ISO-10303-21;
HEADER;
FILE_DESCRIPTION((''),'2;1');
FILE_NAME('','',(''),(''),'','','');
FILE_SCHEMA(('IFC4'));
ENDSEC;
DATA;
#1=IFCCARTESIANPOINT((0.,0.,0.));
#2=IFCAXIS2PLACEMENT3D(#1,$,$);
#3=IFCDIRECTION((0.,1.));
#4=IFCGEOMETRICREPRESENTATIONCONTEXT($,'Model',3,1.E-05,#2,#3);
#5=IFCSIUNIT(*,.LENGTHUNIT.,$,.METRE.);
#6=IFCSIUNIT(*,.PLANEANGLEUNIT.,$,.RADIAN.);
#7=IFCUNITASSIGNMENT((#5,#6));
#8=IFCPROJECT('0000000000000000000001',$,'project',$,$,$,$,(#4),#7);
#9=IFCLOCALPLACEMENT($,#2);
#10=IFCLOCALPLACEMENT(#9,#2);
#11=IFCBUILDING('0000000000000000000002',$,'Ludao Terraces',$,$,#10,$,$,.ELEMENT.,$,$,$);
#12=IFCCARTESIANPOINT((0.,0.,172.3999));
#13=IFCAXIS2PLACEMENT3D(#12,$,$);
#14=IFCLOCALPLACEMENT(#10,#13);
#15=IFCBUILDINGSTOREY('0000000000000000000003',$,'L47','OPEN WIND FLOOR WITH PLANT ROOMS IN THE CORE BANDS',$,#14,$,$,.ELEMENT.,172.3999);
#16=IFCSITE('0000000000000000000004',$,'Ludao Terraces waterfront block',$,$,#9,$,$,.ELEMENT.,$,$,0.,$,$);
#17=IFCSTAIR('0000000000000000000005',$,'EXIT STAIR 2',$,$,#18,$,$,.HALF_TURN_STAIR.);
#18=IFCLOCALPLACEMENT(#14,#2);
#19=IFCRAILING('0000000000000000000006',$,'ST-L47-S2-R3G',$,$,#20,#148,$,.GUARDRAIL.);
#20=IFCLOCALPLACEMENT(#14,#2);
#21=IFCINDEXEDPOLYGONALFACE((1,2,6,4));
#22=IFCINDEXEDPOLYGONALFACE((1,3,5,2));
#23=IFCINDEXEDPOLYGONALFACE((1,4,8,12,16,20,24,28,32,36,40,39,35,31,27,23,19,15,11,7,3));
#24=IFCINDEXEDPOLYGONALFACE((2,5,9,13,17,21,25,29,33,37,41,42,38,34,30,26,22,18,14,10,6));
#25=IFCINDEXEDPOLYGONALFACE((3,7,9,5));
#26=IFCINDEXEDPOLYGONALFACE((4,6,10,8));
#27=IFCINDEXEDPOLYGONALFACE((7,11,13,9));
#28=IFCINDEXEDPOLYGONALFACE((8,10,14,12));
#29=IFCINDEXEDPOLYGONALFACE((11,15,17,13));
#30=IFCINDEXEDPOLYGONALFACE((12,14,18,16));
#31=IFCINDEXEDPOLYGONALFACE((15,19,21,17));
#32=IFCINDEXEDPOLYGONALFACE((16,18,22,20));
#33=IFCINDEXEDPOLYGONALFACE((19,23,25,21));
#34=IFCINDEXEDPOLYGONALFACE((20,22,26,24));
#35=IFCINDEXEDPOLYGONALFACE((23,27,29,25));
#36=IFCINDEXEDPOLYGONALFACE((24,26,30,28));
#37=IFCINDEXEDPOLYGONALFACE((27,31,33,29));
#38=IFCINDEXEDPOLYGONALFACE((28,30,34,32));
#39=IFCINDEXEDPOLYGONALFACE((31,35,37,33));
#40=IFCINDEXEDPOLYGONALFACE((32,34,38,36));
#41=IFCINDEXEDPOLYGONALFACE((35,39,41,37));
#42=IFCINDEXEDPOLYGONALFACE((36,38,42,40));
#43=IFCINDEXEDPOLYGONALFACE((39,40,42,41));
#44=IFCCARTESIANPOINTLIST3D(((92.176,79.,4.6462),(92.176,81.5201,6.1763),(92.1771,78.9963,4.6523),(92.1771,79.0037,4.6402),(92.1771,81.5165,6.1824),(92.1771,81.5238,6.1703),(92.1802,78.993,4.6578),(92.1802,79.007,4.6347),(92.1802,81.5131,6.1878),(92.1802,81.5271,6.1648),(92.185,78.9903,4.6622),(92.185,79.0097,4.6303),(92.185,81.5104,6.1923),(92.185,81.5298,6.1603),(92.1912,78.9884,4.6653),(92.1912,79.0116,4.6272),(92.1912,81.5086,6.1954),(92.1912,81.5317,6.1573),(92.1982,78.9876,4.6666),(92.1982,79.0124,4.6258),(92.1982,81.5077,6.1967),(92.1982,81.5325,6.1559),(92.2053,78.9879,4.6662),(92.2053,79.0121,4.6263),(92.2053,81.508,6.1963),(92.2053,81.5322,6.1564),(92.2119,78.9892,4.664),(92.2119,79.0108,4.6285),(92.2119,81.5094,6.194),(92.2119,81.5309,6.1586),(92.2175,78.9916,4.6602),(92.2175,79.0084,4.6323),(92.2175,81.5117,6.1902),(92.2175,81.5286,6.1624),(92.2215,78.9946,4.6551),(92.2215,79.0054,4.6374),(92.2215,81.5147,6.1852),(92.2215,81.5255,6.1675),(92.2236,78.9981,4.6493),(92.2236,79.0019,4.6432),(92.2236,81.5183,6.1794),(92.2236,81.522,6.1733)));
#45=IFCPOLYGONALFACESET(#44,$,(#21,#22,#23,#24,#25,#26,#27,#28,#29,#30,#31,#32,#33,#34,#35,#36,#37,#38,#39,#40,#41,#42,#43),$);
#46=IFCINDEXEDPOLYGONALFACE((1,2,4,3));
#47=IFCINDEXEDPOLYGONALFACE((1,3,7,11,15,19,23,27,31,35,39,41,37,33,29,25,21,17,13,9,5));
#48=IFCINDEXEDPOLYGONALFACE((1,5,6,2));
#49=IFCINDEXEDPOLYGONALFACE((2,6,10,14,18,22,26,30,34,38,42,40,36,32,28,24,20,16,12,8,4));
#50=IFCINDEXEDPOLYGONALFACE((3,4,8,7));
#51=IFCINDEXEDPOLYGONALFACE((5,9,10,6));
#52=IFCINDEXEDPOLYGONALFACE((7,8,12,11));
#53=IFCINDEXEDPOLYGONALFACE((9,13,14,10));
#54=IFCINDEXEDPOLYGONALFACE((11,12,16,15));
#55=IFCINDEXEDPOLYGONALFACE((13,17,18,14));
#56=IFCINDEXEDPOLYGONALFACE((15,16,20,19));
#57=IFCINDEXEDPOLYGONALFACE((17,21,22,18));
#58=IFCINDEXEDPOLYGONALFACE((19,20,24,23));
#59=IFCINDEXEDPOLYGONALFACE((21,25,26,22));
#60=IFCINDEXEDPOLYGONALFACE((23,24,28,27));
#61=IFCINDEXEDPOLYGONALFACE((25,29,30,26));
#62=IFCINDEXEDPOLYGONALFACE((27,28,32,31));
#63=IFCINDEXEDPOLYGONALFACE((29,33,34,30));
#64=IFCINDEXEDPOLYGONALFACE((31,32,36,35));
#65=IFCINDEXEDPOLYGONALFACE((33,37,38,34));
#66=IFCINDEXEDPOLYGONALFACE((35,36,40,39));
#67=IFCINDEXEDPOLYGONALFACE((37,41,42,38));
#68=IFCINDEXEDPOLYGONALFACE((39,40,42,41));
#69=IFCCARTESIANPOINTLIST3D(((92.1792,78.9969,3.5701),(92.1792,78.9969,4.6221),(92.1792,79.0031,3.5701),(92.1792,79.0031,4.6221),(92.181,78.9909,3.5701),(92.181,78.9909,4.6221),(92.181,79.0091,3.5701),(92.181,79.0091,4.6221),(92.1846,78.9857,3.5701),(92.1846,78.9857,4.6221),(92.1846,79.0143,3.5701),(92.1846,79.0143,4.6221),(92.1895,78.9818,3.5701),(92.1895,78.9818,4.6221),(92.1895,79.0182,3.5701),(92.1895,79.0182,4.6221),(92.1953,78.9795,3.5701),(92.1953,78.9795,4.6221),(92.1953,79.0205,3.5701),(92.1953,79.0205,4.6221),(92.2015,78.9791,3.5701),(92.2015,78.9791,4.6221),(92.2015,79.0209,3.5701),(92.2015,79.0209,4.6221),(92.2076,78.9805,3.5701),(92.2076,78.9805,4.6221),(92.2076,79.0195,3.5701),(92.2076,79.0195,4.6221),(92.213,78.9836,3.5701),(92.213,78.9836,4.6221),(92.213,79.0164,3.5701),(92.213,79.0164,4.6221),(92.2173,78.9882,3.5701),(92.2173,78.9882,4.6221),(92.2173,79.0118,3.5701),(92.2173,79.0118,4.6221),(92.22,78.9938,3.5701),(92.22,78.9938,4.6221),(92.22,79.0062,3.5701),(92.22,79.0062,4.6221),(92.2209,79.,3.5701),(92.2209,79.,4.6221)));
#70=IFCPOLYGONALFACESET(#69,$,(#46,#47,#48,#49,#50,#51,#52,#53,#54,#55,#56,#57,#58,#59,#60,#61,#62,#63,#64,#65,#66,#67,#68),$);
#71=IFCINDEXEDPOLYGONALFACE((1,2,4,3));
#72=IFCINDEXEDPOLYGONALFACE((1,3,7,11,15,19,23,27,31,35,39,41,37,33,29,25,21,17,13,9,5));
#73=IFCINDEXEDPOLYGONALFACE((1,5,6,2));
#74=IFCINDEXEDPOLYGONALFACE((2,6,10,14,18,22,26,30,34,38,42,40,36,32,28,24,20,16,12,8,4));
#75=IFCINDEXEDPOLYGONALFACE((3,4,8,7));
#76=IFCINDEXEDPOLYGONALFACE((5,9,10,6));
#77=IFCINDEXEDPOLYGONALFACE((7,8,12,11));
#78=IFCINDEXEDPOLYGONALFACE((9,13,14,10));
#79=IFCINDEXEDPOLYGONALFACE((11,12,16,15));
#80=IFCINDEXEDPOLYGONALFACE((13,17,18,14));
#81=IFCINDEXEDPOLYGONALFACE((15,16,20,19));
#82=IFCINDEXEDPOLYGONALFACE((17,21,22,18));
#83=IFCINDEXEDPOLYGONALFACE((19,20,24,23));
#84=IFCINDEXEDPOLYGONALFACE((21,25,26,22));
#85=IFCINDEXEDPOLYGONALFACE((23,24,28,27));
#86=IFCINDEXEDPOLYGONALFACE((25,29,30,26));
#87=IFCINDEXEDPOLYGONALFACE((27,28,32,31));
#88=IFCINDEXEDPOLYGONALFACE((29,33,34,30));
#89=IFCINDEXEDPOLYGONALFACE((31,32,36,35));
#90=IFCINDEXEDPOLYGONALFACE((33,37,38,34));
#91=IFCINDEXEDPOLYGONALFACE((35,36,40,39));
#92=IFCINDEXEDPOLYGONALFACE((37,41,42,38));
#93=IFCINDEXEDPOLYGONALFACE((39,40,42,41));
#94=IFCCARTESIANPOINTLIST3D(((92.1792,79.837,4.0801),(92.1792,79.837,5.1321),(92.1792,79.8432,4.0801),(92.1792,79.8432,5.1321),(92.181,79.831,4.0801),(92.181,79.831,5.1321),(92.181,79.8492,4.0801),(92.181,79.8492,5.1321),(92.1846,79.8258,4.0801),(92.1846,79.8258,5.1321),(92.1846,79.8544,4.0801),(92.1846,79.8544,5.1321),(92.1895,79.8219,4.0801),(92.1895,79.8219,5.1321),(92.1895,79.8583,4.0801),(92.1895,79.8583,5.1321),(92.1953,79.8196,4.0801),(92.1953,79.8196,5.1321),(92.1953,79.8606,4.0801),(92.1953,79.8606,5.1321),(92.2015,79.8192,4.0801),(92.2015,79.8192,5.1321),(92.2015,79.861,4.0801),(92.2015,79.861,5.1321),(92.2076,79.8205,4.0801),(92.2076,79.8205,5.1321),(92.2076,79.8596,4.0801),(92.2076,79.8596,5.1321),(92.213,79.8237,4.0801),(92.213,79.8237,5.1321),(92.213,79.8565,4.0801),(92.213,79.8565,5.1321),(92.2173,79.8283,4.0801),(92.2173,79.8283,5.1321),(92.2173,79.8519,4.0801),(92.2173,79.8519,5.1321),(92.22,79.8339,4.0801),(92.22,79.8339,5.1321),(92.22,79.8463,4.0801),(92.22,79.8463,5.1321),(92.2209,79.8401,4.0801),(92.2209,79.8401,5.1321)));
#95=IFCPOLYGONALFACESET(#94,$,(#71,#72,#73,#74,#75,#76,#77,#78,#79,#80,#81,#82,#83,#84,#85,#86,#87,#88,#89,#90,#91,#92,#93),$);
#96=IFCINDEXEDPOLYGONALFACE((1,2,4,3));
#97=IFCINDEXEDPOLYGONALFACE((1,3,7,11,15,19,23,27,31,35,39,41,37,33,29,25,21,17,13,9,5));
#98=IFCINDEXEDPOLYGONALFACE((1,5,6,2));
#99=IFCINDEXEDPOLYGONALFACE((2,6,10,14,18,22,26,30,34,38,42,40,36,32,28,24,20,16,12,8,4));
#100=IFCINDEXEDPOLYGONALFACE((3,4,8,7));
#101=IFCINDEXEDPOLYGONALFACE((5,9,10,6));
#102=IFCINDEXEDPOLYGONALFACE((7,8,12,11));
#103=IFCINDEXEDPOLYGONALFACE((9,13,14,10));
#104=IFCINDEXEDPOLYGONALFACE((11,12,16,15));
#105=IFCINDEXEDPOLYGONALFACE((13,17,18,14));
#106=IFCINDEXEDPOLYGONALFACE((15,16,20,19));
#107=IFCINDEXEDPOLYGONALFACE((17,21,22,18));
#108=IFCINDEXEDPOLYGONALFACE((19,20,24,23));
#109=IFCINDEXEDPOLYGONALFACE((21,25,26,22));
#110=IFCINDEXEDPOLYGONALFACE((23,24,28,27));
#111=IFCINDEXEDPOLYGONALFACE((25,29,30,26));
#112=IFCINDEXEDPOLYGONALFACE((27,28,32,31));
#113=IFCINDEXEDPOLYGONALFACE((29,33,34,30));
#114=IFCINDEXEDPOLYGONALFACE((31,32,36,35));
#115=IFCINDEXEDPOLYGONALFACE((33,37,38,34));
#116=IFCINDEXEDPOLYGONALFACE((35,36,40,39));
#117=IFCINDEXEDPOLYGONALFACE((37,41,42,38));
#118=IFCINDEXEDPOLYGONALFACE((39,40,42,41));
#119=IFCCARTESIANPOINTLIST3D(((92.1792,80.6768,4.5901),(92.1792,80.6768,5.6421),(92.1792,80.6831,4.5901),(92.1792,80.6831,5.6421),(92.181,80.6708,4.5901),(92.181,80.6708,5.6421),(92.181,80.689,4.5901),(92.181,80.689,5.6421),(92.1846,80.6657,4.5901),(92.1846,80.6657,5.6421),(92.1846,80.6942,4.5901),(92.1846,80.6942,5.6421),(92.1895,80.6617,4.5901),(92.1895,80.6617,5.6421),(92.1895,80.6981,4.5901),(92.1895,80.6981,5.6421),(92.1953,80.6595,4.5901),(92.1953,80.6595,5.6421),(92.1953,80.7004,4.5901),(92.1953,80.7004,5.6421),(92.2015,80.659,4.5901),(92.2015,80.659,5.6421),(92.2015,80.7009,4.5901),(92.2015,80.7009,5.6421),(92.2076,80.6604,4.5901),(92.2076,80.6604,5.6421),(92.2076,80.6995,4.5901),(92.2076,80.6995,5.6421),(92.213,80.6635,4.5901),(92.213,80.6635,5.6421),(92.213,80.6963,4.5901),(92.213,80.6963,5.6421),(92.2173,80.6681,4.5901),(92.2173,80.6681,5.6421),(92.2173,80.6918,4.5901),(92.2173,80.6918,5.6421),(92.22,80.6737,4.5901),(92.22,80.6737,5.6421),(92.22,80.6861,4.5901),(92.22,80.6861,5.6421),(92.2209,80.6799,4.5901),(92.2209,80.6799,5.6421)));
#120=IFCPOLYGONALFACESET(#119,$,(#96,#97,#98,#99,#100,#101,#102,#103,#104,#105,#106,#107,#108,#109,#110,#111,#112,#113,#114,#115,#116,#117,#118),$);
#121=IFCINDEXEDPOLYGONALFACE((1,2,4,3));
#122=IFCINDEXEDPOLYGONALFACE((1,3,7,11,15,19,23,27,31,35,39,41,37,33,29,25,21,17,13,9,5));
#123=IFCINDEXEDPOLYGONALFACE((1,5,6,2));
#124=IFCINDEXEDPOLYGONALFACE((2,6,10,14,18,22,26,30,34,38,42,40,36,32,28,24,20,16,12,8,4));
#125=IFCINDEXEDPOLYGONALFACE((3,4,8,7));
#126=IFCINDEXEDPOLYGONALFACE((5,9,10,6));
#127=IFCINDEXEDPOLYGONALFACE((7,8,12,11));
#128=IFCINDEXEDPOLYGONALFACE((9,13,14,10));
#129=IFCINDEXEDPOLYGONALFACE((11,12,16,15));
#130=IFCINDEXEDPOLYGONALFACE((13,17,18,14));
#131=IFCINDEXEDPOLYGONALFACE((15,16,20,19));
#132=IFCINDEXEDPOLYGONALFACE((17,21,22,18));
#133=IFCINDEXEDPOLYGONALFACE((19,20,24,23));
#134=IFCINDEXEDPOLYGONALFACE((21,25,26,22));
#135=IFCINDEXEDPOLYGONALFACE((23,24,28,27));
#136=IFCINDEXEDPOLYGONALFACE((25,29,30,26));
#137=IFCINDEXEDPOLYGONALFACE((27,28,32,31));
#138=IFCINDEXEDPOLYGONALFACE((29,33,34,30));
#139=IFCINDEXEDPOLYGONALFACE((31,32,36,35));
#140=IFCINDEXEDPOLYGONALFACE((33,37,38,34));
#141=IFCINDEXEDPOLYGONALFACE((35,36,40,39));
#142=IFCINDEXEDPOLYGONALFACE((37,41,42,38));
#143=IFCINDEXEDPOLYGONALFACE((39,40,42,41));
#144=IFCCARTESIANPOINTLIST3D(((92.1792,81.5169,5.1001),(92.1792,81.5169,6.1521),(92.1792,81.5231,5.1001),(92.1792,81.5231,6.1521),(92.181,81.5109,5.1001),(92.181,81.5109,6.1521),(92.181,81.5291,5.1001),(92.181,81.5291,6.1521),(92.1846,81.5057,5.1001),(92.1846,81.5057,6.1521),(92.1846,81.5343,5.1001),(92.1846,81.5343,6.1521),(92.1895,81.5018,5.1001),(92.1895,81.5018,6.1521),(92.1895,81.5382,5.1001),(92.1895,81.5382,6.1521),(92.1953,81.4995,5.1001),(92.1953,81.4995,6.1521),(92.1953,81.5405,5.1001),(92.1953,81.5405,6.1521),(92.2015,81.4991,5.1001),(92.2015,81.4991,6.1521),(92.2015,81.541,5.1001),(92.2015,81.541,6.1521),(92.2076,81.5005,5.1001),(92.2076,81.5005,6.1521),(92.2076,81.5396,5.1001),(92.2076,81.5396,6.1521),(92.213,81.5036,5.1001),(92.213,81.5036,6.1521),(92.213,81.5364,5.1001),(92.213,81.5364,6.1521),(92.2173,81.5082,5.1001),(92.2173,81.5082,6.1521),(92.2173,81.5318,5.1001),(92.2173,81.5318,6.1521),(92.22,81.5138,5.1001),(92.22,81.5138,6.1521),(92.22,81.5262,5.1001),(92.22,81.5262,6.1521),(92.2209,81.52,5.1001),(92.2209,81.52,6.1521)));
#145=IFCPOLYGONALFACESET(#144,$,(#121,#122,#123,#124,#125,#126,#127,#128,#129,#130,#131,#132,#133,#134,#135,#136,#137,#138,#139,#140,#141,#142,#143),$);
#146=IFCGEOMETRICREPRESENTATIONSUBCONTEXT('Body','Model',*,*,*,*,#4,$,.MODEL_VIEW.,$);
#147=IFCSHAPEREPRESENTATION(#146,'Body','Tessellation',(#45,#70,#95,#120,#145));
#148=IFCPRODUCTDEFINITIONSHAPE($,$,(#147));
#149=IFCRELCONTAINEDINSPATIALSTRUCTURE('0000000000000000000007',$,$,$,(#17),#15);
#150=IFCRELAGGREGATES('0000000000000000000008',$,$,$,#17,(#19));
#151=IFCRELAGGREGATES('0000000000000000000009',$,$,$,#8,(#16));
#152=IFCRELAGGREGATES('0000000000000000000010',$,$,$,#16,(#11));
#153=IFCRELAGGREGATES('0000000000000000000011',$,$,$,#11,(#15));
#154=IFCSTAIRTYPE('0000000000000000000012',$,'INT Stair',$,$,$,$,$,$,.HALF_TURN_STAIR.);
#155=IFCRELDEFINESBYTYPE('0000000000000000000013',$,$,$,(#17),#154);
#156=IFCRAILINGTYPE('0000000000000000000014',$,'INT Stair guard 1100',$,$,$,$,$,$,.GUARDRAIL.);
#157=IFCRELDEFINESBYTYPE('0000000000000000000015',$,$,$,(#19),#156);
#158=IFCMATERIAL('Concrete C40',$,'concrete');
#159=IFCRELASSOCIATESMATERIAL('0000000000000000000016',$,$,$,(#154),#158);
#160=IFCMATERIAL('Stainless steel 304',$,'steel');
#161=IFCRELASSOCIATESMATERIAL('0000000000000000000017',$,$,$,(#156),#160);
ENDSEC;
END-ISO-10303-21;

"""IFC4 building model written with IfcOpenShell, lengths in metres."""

from ifc_helpers import new_model, si_unit, direction, frame, origin, origin_2d, place, context, subcontext, project, spatial, circle, extrude, material, type_object, element, aggregate, save


model = new_model("IFC4")

# Units and contexts
model_context = context("Model", 3, precision=1e-05, world=origin(), true_north=direction((0.0, 1.0)))
body_context = subcontext(model_context, "Body", "Model", "MODEL_VIEW")
ifc_project = project(units=[si_unit("LENGTHUNIT", "METRE"), si_unit("PLANEANGLEUNIT", "RADIAN")], contexts=[model_context])

# Site, building, storey
site_placement = place(None, origin())
site = spatial("IfcSite", under=ifc_project, at=site_placement, Name="Ludao Terraces waterfront block", CompositionType="ELEMENT", RefElevation=0.0)
building_placement = place(site_placement, origin())
building = spatial("IfcBuilding", under=site, at=building_placement, Name="Ludao Terraces", CompositionType="ELEMENT")
storey_placement = place(building_placement, frame((0.0, 0.0, 172.3999)))
storey = spatial("IfcBuildingStorey", under=building, at=storey_placement, Name="L47", Description="OPEN WIND FLOOR WITH PLANT ROOMS IN THE CORE BANDS", CompositionType="ELEMENT", Elevation=172.3999)

# Stair, railing
ifc_material_1 = material(Name="Concrete C40", Category="concrete")
stair_type = type_object("IfcStairType", Name="INT Stair", PredefinedType="HALF_TURN_STAIR", material=ifc_material_1)
stair_placement = place(storey_placement, origin())
stair = element("IfcStair", 1, at=stair_placement, inside=storey, type_object=stair_type, Name="EXIT STAIR 2", PredefinedType="HALF_TURN_STAIR")
ifc_material_2 = material(Name="Stainless steel 304", Category="steel")
railing_type_1 = type_object("IfcRailingType", Name="INT Stair guard 1100", PredefinedType="GUARDRAIL", material=ifc_material_2)
railing_1_placement = place(storey_placement, frame((92.2, 79.0, 3.5701)))
railing_1 = element("IfcRailing", 2, at=railing_1_placement, type_object=railing_type_1, Name="ST-L47-S2-R3G", PredefinedType="GUARDRAIL", context=body_context, shape_type="SweptSolid", body=[
    extrude(circle(Radius=0.0239, at=origin_2d()), frame((0.0, 0.0, 1.0762), z_axis=(0.0, 0.854785, 0.518982), x_axis=(-1.0, 0.0, 0.0)), (0.0, 0.0, 1.0), 2.9482),
    extrude(circle(Radius=0.021, at=origin_2d()), origin(), (0.0, 0.0, 1.0), 1.052),
    extrude(circle(Radius=0.021, at=origin_2d()), frame((0.0, 0.8401, 0.51)), (0.0, 0.0, 1.0), 1.052),
    extrude(circle(Radius=0.021, at=origin_2d()), frame((0.0, 1.6799, 1.02)), (0.0, 0.0, 1.0), 1.052),
    extrude(circle(Radius=0.021, at=origin_2d()), frame((0.0, 2.52, 1.53)), (0.0, 0.0, 1.0), 1.052),
])
aggregate(stair, [railing_1])

save(model, "model.ifc")
